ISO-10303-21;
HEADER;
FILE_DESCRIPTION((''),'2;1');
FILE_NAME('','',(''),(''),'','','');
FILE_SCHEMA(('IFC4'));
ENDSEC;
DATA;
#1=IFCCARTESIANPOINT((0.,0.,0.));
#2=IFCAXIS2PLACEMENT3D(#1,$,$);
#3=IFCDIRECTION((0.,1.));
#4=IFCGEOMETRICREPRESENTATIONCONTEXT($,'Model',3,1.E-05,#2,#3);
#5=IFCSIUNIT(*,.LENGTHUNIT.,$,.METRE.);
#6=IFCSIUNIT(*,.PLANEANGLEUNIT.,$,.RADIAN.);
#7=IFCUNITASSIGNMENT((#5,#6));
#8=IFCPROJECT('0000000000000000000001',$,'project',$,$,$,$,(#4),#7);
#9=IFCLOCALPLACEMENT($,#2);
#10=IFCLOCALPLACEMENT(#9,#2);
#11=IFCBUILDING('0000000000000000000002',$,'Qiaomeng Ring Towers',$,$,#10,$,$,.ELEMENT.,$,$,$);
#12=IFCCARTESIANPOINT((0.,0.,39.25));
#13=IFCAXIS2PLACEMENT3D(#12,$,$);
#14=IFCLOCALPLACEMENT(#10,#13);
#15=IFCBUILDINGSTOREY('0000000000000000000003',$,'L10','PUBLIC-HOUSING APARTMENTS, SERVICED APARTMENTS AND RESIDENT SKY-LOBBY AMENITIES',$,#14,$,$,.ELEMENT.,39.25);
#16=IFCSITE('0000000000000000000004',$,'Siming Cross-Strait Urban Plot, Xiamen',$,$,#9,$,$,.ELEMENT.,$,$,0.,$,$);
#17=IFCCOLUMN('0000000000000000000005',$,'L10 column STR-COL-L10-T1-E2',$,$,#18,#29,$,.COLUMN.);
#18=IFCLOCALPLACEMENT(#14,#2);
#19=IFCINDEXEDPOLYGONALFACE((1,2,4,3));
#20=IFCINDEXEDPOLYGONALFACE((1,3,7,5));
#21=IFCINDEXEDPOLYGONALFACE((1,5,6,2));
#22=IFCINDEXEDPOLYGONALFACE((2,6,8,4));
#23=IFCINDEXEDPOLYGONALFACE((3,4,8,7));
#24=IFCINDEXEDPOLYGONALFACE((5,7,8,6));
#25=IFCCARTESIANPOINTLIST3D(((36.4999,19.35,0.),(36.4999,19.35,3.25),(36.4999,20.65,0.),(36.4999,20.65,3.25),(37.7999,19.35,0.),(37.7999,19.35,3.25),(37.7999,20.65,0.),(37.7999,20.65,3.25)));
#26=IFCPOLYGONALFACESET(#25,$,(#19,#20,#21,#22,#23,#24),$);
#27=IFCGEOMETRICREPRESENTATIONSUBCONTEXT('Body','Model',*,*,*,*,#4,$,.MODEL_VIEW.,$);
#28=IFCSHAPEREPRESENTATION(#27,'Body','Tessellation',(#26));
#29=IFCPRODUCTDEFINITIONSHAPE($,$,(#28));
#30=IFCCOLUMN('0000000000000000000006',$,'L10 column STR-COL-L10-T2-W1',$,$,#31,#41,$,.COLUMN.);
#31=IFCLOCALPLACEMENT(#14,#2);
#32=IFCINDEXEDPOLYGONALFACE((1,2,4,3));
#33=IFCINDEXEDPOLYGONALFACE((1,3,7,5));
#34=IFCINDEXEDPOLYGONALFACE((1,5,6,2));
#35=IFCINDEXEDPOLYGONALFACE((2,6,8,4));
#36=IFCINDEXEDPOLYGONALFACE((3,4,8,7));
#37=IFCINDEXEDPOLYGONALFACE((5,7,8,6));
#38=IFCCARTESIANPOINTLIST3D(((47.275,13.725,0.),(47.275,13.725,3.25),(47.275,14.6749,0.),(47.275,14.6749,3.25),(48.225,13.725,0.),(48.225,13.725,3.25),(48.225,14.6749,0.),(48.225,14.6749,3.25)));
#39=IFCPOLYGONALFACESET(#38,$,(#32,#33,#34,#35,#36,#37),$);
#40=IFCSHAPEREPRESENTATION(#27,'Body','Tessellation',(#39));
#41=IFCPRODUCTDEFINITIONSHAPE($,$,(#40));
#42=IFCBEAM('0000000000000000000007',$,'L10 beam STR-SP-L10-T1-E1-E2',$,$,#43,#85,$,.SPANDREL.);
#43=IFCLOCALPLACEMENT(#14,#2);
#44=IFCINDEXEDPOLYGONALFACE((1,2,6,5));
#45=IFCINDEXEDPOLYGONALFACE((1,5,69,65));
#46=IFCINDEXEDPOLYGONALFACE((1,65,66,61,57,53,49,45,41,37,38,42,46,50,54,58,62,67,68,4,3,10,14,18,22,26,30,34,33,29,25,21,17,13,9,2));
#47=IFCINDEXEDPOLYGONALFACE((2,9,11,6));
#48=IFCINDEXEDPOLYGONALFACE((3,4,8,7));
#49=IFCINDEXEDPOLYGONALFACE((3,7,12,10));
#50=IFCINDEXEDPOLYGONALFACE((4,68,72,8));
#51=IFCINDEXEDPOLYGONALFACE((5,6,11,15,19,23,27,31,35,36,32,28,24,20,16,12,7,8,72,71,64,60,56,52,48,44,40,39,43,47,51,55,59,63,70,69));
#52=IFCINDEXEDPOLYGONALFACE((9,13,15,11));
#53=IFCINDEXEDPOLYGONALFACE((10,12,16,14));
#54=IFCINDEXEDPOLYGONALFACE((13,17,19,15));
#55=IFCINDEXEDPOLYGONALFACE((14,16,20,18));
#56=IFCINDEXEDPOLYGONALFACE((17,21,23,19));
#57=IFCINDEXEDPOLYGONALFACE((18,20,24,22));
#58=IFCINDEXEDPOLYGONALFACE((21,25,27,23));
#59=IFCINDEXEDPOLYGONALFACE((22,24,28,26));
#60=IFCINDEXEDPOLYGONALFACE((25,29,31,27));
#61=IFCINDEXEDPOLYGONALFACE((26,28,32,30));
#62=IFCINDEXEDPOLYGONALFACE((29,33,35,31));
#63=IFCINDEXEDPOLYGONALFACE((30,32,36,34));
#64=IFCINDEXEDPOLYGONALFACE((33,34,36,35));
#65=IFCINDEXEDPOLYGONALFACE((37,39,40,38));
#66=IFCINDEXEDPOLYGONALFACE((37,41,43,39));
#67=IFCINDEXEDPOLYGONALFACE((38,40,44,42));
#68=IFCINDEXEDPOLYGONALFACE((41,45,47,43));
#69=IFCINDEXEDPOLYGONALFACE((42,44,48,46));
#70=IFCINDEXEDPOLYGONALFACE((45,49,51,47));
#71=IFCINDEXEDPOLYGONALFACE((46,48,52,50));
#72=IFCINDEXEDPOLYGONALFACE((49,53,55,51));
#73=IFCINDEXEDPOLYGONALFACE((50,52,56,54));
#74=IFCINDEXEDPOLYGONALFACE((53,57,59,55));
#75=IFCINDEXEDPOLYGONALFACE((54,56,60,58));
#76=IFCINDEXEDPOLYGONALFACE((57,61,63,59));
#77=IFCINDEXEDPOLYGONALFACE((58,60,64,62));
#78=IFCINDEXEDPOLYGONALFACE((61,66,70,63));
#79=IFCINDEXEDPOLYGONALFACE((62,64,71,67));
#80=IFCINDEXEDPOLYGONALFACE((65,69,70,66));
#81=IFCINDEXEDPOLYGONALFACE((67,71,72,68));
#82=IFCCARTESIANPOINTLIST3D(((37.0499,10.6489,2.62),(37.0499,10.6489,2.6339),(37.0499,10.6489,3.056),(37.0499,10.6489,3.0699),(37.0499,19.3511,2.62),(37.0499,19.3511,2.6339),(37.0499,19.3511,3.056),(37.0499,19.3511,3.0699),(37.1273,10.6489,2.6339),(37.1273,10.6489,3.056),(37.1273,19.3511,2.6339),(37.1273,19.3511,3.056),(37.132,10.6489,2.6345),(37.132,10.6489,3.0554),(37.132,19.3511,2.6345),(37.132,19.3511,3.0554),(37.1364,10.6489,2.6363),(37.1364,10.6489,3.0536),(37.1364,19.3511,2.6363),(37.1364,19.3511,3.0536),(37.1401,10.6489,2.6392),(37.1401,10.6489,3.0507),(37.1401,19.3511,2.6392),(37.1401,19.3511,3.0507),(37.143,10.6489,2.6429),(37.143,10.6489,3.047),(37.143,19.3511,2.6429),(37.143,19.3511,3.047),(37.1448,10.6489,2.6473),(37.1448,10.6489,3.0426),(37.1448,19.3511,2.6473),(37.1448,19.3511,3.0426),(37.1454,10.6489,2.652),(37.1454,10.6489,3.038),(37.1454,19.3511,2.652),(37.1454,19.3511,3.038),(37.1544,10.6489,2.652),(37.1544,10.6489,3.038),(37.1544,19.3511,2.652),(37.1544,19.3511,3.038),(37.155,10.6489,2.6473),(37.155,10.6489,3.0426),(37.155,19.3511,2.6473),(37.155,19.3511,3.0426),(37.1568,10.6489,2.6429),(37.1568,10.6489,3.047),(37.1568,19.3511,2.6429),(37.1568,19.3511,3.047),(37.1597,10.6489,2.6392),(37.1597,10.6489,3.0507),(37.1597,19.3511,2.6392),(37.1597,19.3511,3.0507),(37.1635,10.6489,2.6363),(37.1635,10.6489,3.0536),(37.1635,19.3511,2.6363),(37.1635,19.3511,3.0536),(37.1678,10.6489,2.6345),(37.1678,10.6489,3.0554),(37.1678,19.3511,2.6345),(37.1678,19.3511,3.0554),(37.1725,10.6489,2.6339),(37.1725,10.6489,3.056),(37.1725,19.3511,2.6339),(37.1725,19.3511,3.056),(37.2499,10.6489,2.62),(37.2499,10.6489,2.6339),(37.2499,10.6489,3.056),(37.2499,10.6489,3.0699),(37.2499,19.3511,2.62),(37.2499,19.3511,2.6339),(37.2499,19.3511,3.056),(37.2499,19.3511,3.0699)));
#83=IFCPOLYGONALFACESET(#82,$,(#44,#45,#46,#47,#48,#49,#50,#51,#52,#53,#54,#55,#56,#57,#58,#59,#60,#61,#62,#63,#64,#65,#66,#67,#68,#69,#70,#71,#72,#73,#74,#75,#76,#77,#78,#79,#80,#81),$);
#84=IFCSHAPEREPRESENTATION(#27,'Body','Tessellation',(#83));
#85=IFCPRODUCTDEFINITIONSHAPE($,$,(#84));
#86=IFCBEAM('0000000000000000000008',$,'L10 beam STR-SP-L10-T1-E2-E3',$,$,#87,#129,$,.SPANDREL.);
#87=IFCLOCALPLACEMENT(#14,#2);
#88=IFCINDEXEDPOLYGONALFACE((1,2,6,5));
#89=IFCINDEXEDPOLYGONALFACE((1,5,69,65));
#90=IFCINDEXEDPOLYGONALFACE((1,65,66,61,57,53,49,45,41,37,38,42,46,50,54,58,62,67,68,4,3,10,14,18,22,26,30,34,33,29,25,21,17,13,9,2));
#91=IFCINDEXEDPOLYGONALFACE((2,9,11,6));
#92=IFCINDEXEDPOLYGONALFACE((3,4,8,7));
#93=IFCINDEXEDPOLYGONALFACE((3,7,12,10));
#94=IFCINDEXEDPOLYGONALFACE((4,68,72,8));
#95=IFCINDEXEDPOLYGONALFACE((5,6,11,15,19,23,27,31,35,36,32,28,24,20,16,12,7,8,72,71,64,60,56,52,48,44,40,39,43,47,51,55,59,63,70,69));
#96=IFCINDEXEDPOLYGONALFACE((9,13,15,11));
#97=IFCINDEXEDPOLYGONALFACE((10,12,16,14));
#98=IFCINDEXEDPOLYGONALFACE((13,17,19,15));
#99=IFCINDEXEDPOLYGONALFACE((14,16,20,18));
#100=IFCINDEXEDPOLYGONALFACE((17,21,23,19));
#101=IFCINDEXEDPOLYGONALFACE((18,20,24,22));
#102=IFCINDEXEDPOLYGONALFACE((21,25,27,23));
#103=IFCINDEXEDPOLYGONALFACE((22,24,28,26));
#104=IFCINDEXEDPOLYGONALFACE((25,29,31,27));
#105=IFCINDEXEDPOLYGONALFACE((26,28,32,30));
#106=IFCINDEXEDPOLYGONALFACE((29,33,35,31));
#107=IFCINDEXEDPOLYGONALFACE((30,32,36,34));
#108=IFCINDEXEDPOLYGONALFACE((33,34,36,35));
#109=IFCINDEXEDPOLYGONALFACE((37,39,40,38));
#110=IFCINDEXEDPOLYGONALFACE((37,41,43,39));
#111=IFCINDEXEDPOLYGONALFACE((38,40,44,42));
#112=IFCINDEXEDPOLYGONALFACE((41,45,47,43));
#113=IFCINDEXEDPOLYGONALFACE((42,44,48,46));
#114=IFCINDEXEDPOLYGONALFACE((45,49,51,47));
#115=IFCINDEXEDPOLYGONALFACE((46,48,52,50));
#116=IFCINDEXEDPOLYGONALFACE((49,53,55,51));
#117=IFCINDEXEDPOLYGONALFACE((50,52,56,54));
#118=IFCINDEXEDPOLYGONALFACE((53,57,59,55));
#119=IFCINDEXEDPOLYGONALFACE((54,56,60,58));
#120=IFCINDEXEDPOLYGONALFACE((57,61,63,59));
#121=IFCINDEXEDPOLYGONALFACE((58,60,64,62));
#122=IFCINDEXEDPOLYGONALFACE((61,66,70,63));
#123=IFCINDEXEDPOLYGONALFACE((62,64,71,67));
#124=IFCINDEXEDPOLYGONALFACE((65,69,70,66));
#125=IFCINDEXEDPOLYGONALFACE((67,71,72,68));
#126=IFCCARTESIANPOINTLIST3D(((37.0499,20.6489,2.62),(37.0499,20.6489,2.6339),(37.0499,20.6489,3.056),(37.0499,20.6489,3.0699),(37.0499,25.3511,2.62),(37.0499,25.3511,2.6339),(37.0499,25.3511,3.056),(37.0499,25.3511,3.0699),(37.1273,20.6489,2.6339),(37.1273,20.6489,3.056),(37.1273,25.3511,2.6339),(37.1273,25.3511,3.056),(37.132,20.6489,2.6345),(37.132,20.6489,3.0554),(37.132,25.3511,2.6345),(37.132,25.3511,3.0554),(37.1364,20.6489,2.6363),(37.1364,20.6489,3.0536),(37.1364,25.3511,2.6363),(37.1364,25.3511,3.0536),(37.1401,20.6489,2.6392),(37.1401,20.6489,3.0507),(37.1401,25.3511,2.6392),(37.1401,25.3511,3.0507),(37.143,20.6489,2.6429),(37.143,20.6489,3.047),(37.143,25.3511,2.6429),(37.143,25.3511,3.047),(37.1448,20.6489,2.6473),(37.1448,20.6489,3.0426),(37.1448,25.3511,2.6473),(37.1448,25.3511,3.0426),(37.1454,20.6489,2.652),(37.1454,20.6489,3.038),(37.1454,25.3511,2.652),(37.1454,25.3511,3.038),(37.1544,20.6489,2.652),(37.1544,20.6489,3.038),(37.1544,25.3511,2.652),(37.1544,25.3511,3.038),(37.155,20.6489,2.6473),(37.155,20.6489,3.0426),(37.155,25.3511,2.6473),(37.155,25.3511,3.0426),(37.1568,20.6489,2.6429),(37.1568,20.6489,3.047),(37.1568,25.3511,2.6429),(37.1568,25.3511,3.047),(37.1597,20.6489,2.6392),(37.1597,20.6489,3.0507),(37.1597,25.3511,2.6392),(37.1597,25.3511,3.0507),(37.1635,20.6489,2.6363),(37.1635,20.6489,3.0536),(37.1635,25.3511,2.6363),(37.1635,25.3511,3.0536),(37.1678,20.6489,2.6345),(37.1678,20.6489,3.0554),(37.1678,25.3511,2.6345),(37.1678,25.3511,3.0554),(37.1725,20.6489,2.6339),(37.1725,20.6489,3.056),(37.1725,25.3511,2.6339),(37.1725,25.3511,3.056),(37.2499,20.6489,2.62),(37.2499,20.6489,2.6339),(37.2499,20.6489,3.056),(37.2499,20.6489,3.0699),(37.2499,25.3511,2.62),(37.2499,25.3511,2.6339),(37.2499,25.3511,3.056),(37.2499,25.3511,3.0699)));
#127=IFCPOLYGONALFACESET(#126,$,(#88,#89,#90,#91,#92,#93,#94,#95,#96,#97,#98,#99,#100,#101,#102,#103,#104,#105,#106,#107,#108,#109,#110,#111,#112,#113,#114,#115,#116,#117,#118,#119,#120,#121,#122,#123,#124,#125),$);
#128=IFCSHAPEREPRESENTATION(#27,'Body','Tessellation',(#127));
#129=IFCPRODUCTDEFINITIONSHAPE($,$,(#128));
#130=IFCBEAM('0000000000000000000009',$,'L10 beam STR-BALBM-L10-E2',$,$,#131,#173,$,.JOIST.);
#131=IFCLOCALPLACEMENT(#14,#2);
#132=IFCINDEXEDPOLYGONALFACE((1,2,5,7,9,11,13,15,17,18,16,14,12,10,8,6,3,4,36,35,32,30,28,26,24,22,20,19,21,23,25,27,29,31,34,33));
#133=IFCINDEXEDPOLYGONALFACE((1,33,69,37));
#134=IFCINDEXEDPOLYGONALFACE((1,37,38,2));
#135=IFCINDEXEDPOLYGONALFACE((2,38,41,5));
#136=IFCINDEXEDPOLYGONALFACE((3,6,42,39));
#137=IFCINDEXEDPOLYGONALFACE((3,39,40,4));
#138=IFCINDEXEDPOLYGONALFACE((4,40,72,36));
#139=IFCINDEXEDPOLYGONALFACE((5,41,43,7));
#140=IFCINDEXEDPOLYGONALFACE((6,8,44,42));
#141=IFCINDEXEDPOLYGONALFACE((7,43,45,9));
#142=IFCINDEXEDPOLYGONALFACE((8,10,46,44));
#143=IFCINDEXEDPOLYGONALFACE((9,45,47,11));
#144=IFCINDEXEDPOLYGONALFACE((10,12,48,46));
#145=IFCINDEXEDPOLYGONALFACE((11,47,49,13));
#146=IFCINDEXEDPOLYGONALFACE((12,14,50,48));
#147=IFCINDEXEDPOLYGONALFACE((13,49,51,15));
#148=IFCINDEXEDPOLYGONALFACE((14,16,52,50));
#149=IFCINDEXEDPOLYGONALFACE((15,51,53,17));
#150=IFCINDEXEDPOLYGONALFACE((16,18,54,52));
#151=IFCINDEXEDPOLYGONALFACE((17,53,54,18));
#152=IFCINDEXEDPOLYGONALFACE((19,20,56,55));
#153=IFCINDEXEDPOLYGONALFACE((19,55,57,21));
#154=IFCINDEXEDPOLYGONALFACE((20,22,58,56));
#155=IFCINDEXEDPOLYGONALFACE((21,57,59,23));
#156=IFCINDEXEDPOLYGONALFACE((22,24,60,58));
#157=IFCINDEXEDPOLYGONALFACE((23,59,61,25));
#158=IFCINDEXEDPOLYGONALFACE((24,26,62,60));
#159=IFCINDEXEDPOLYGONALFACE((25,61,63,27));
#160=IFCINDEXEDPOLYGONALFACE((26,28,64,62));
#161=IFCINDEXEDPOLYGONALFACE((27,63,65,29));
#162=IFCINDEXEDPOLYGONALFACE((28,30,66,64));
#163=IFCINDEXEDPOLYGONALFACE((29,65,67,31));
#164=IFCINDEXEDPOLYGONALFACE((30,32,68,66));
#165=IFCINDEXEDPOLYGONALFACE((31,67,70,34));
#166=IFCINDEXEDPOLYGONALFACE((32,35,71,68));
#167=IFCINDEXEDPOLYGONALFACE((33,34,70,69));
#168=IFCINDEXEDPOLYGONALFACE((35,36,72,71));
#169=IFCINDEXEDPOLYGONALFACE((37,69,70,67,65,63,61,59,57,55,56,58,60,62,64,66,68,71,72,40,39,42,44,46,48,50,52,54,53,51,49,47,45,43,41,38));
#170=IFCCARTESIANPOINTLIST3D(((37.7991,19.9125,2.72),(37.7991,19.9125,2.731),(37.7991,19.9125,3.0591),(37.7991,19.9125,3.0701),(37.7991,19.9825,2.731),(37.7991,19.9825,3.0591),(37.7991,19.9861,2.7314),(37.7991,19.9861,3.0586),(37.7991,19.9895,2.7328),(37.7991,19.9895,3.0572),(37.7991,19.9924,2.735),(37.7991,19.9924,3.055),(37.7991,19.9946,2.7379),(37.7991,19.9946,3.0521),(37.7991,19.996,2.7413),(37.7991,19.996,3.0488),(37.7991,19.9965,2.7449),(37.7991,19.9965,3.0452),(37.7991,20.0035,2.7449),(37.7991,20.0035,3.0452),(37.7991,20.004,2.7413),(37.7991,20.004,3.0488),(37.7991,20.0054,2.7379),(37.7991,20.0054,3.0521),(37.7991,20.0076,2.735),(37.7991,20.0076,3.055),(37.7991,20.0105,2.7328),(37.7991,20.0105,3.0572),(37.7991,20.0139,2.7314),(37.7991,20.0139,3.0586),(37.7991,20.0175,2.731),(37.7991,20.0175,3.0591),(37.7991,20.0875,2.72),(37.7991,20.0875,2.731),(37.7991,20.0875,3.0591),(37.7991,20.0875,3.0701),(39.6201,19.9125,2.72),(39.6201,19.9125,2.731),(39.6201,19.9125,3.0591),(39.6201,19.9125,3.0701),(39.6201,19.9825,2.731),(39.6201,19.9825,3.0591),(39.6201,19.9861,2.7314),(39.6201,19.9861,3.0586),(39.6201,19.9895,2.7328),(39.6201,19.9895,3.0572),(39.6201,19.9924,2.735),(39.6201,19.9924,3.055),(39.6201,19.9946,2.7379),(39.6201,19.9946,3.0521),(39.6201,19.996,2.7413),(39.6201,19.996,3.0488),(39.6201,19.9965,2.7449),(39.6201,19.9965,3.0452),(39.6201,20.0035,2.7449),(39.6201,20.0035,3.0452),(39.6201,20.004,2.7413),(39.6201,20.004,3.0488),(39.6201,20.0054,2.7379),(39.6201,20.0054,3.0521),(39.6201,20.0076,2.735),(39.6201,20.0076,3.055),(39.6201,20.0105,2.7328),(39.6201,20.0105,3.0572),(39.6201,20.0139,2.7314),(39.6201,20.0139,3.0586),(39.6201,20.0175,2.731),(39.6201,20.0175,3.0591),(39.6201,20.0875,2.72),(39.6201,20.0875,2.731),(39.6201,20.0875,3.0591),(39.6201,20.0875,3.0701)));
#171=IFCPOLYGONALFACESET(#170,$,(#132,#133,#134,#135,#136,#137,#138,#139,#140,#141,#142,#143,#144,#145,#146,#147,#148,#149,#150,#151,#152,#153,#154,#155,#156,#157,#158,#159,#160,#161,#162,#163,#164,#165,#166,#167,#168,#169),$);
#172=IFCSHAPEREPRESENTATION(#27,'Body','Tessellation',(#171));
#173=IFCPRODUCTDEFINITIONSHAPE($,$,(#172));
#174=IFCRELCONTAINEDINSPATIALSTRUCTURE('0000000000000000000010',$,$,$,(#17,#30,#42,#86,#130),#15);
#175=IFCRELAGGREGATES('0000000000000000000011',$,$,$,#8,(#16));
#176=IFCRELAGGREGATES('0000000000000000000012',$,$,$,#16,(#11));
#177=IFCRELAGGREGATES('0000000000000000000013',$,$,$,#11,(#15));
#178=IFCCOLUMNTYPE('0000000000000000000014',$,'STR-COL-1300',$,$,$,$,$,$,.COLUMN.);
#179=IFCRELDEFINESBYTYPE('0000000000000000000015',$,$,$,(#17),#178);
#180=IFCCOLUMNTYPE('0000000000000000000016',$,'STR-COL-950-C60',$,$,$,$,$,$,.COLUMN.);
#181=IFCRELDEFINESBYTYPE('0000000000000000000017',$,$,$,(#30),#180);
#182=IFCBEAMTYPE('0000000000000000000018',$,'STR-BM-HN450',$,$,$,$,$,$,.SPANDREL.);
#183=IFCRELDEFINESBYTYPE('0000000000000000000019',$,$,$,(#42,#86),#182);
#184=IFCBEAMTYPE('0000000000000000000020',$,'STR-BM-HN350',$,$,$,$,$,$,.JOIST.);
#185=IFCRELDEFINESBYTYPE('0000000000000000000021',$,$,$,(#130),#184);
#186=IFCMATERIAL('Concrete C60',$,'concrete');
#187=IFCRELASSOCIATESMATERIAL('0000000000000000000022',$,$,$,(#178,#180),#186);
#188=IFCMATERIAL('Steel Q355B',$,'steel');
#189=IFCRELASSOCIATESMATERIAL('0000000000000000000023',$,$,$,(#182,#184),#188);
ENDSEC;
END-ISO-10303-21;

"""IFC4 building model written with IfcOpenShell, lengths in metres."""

from ifc_helpers import new_model, si_unit, direction, frame, origin, origin_2d, place, context, subcontext, project, spatial, rectangle, i_section, extrude, source, transform, mapped, material, material_profile, profile_set, type_object, element, save


model = new_model("IFC4")

# Units and contexts
model_context = context("Model", 3, precision=1e-05, world=origin(), true_north=direction((0.0, 1.0)))
body_context = subcontext(model_context, "Body", "Model", "MODEL_VIEW")
ifc_project = project(units=[si_unit("LENGTHUNIT", "METRE"), si_unit("PLANEANGLEUNIT", "RADIAN")], contexts=[model_context])

# Site, building, storey
site_placement = place(None, origin())
site = spatial("IfcSite", under=ifc_project, at=site_placement, Name="Siming Cross-Strait Urban Plot, Xiamen", CompositionType="ELEMENT", RefElevation=0.0)
building_placement = place(site_placement, origin())
building = spatial("IfcBuilding", under=site, at=building_placement, Name="Qiaomeng Ring Towers", CompositionType="ELEMENT")
storey_placement = place(building_placement, frame((0.0, 0.0, 39.25)))
storey = spatial("IfcBuildingStorey", under=building, at=storey_placement, Name="L10", Description="PUBLIC-HOUSING APARTMENTS, SERVICED APARTMENTS AND RESIDENT SKY-LOBBY AMENITIES", CompositionType="ELEMENT", Elevation=39.25)

# Columns
ifc_material_1 = material(Name="Concrete C60", Category="concrete")
ifc_material_profile_1 = material_profile(ifc_material_1, rectangle(XDim=1.3, YDim=1.3, at=origin_2d()), Name="RC COL 1300x1300")
ifc_profile_set_1 = profile_set([ifc_material_profile_1], Name="Concrete C60")
column_type_1 = type_object("IfcColumnType", Name="STR-COL-1300", PredefinedType="COLUMN", material=ifc_profile_set_1)
shared_shape_1 = source(origin(), body_context, "Body", "SweptSolid", [
    extrude(rectangle(XDim=1.3, YDim=1.3, at=origin_2d()), origin(), (0.0, 0.0, 1.0), 3.25),
])
column_1_placement = place(storey_placement, frame((37.1499, 20.0, 0.0), z_axis=(0.0, 0.0, 1.0), x_axis=(1.0, 0.0, 0.0)))
element("IfcColumn", 1, at=column_1_placement, inside=storey, type_object=column_type_1, Name="L10 column STR-COL-L10-T1-E2", PredefinedType="COLUMN", context=body_context, shape_type="MappedRepresentation", body=[
    mapped(shared_shape_1, transform((0.0, 0.0, 0.0), x_axis=(1.0, 0.0, 0.0), y_axis=(0.0, 1.0, 0.0), z_axis=(0.0, 0.0, 1.0), scale=1.0)),
])
ifc_material_profile_2 = material_profile(ifc_material_1, rectangle(XDim=0.95, YDim=0.95, at=origin_2d()), Name="RC COL 950x950")
ifc_profile_set_2 = profile_set([ifc_material_profile_2], Name="Concrete C60")
column_type_2 = type_object("IfcColumnType", Name="STR-COL-950-C60", PredefinedType="COLUMN", material=ifc_profile_set_2)
shared_shape_2 = source(origin(), body_context, "Body", "SweptSolid", [
    extrude(rectangle(XDim=0.95, YDim=0.95, at=origin_2d()), origin(), (0.0, 0.0, 1.0), 3.25),
])
column_2_placement = place(storey_placement, frame((47.75, 14.2, 0.0), z_axis=(0.0, 0.0, 1.0), x_axis=(1.0, 0.0, 0.0)))
element("IfcColumn", 2, at=column_2_placement, inside=storey, type_object=column_type_2, Name="L10 column STR-COL-L10-T2-W1", PredefinedType="COLUMN", context=body_context, shape_type="MappedRepresentation", body=[
    mapped(shared_shape_2, transform((0.0, 0.0, 0.0), x_axis=(1.0, 0.0, 0.0), y_axis=(0.0, 1.0, 0.0), z_axis=(0.0, 0.0, 1.0), scale=1.0)),
])

# Beams
ifc_material_2 = material(Name="Steel Q355B", Category="steel")
ifc_material_profile_3 = material_profile(ifc_material_2, i_section(OverallWidth=0.2, OverallDepth=0.45, WebThickness=0.009, FlangeThickness=0.0139, FilletRadius=0.0181, at=origin_2d()), Name="HN 450x200x9x14")
ifc_profile_set_3 = profile_set([ifc_material_profile_3], Name="Steel Q355B")
beam_type_1 = type_object("IfcBeamType", Name="STR-BM-HN450", PredefinedType="SPANDREL", material=ifc_profile_set_3)
shared_shape_3 = source(origin(), body_context, "Body", "SweptSolid", [
    extrude(i_section(OverallWidth=0.2, OverallDepth=0.45, WebThickness=0.009, FlangeThickness=0.0139, FilletRadius=0.0181, at=origin_2d()), origin(), (0.0, 0.0, 1.0), 8.7021),
])
beam_1_placement = place(storey_placement, frame((37.1499, 10.6489, 2.845), z_axis=(0.0, 1.0, 0.0), x_axis=(-1.0, 0.0, 0.0)))
element("IfcBeam", 3, at=beam_1_placement, inside=storey, type_object=beam_type_1, Name="L10 beam STR-SP-L10-T1-E1-E2", PredefinedType="SPANDREL", context=body_context, shape_type="MappedRepresentation", body=[
    mapped(shared_shape_3, transform((0.0, 0.0, 0.0), x_axis=(1.0, 0.0, 0.0), y_axis=(0.0, 1.0, 0.0), z_axis=(0.0, 0.0, 1.0), scale=1.0)),
])
shared_shape_4 = source(origin(), body_context, "Body", "SweptSolid", [
    extrude(i_section(OverallWidth=0.2, OverallDepth=0.45, WebThickness=0.009, FlangeThickness=0.0139, FilletRadius=0.0181, at=origin_2d()), origin(), (0.0, 0.0, 1.0), 4.7021),
])
beam_2_placement = place(storey_placement, frame((37.1499, 20.6489, 2.845), z_axis=(0.0, 1.0, 0.0), x_axis=(-1.0, 0.0, 0.0)))
element("IfcBeam", 4, at=beam_2_placement, inside=storey, type_object=beam_type_1, Name="L10 beam STR-SP-L10-T1-E2-E3", PredefinedType="SPANDREL", context=body_context, shape_type="MappedRepresentation", body=[
    mapped(shared_shape_4, transform((0.0, 0.0, 0.0), x_axis=(1.0, 0.0, 0.0), y_axis=(0.0, 1.0, 0.0), z_axis=(0.0, 0.0, 1.0), scale=1.0)),
])
ifc_material_profile_4 = material_profile(ifc_material_2, i_section(OverallWidth=0.175, OverallDepth=0.3501, WebThickness=0.0071, FlangeThickness=0.011, FilletRadius=0.0139, at=origin_2d()), Name="HN 350x175x7x11")
ifc_profile_set_4 = profile_set([ifc_material_profile_4], Name="Steel Q355B")
beam_type_2 = type_object("IfcBeamType", Name="STR-BM-HN350", PredefinedType="JOIST", material=ifc_profile_set_4)
shared_shape_5 = source(origin(), body_context, "Body", "SweptSolid", [
    extrude(i_section(OverallWidth=0.175, OverallDepth=0.3501, WebThickness=0.0071, FlangeThickness=0.011, FilletRadius=0.0139, at=origin_2d()), origin(), (0.0, 0.0, 1.0), 1.821),
])
beam_3_placement = place(storey_placement, frame((37.7991, 20.0, 2.895), z_axis=(1.0, 0.0, 0.0), x_axis=(0.0, 1.0, 0.0)))
element("IfcBeam", 5, at=beam_3_placement, inside=storey, type_object=beam_type_2, Name="L10 beam STR-BALBM-L10-E2", PredefinedType="JOIST", context=body_context, shape_type="MappedRepresentation", body=[
    mapped(shared_shape_5, transform((0.0, 0.0, 0.0), x_axis=(1.0, 0.0, 0.0), y_axis=(0.0, 1.0, 0.0), z_axis=(0.0, 0.0, 1.0), scale=1.0)),
])

save(model, "model.ifc")
